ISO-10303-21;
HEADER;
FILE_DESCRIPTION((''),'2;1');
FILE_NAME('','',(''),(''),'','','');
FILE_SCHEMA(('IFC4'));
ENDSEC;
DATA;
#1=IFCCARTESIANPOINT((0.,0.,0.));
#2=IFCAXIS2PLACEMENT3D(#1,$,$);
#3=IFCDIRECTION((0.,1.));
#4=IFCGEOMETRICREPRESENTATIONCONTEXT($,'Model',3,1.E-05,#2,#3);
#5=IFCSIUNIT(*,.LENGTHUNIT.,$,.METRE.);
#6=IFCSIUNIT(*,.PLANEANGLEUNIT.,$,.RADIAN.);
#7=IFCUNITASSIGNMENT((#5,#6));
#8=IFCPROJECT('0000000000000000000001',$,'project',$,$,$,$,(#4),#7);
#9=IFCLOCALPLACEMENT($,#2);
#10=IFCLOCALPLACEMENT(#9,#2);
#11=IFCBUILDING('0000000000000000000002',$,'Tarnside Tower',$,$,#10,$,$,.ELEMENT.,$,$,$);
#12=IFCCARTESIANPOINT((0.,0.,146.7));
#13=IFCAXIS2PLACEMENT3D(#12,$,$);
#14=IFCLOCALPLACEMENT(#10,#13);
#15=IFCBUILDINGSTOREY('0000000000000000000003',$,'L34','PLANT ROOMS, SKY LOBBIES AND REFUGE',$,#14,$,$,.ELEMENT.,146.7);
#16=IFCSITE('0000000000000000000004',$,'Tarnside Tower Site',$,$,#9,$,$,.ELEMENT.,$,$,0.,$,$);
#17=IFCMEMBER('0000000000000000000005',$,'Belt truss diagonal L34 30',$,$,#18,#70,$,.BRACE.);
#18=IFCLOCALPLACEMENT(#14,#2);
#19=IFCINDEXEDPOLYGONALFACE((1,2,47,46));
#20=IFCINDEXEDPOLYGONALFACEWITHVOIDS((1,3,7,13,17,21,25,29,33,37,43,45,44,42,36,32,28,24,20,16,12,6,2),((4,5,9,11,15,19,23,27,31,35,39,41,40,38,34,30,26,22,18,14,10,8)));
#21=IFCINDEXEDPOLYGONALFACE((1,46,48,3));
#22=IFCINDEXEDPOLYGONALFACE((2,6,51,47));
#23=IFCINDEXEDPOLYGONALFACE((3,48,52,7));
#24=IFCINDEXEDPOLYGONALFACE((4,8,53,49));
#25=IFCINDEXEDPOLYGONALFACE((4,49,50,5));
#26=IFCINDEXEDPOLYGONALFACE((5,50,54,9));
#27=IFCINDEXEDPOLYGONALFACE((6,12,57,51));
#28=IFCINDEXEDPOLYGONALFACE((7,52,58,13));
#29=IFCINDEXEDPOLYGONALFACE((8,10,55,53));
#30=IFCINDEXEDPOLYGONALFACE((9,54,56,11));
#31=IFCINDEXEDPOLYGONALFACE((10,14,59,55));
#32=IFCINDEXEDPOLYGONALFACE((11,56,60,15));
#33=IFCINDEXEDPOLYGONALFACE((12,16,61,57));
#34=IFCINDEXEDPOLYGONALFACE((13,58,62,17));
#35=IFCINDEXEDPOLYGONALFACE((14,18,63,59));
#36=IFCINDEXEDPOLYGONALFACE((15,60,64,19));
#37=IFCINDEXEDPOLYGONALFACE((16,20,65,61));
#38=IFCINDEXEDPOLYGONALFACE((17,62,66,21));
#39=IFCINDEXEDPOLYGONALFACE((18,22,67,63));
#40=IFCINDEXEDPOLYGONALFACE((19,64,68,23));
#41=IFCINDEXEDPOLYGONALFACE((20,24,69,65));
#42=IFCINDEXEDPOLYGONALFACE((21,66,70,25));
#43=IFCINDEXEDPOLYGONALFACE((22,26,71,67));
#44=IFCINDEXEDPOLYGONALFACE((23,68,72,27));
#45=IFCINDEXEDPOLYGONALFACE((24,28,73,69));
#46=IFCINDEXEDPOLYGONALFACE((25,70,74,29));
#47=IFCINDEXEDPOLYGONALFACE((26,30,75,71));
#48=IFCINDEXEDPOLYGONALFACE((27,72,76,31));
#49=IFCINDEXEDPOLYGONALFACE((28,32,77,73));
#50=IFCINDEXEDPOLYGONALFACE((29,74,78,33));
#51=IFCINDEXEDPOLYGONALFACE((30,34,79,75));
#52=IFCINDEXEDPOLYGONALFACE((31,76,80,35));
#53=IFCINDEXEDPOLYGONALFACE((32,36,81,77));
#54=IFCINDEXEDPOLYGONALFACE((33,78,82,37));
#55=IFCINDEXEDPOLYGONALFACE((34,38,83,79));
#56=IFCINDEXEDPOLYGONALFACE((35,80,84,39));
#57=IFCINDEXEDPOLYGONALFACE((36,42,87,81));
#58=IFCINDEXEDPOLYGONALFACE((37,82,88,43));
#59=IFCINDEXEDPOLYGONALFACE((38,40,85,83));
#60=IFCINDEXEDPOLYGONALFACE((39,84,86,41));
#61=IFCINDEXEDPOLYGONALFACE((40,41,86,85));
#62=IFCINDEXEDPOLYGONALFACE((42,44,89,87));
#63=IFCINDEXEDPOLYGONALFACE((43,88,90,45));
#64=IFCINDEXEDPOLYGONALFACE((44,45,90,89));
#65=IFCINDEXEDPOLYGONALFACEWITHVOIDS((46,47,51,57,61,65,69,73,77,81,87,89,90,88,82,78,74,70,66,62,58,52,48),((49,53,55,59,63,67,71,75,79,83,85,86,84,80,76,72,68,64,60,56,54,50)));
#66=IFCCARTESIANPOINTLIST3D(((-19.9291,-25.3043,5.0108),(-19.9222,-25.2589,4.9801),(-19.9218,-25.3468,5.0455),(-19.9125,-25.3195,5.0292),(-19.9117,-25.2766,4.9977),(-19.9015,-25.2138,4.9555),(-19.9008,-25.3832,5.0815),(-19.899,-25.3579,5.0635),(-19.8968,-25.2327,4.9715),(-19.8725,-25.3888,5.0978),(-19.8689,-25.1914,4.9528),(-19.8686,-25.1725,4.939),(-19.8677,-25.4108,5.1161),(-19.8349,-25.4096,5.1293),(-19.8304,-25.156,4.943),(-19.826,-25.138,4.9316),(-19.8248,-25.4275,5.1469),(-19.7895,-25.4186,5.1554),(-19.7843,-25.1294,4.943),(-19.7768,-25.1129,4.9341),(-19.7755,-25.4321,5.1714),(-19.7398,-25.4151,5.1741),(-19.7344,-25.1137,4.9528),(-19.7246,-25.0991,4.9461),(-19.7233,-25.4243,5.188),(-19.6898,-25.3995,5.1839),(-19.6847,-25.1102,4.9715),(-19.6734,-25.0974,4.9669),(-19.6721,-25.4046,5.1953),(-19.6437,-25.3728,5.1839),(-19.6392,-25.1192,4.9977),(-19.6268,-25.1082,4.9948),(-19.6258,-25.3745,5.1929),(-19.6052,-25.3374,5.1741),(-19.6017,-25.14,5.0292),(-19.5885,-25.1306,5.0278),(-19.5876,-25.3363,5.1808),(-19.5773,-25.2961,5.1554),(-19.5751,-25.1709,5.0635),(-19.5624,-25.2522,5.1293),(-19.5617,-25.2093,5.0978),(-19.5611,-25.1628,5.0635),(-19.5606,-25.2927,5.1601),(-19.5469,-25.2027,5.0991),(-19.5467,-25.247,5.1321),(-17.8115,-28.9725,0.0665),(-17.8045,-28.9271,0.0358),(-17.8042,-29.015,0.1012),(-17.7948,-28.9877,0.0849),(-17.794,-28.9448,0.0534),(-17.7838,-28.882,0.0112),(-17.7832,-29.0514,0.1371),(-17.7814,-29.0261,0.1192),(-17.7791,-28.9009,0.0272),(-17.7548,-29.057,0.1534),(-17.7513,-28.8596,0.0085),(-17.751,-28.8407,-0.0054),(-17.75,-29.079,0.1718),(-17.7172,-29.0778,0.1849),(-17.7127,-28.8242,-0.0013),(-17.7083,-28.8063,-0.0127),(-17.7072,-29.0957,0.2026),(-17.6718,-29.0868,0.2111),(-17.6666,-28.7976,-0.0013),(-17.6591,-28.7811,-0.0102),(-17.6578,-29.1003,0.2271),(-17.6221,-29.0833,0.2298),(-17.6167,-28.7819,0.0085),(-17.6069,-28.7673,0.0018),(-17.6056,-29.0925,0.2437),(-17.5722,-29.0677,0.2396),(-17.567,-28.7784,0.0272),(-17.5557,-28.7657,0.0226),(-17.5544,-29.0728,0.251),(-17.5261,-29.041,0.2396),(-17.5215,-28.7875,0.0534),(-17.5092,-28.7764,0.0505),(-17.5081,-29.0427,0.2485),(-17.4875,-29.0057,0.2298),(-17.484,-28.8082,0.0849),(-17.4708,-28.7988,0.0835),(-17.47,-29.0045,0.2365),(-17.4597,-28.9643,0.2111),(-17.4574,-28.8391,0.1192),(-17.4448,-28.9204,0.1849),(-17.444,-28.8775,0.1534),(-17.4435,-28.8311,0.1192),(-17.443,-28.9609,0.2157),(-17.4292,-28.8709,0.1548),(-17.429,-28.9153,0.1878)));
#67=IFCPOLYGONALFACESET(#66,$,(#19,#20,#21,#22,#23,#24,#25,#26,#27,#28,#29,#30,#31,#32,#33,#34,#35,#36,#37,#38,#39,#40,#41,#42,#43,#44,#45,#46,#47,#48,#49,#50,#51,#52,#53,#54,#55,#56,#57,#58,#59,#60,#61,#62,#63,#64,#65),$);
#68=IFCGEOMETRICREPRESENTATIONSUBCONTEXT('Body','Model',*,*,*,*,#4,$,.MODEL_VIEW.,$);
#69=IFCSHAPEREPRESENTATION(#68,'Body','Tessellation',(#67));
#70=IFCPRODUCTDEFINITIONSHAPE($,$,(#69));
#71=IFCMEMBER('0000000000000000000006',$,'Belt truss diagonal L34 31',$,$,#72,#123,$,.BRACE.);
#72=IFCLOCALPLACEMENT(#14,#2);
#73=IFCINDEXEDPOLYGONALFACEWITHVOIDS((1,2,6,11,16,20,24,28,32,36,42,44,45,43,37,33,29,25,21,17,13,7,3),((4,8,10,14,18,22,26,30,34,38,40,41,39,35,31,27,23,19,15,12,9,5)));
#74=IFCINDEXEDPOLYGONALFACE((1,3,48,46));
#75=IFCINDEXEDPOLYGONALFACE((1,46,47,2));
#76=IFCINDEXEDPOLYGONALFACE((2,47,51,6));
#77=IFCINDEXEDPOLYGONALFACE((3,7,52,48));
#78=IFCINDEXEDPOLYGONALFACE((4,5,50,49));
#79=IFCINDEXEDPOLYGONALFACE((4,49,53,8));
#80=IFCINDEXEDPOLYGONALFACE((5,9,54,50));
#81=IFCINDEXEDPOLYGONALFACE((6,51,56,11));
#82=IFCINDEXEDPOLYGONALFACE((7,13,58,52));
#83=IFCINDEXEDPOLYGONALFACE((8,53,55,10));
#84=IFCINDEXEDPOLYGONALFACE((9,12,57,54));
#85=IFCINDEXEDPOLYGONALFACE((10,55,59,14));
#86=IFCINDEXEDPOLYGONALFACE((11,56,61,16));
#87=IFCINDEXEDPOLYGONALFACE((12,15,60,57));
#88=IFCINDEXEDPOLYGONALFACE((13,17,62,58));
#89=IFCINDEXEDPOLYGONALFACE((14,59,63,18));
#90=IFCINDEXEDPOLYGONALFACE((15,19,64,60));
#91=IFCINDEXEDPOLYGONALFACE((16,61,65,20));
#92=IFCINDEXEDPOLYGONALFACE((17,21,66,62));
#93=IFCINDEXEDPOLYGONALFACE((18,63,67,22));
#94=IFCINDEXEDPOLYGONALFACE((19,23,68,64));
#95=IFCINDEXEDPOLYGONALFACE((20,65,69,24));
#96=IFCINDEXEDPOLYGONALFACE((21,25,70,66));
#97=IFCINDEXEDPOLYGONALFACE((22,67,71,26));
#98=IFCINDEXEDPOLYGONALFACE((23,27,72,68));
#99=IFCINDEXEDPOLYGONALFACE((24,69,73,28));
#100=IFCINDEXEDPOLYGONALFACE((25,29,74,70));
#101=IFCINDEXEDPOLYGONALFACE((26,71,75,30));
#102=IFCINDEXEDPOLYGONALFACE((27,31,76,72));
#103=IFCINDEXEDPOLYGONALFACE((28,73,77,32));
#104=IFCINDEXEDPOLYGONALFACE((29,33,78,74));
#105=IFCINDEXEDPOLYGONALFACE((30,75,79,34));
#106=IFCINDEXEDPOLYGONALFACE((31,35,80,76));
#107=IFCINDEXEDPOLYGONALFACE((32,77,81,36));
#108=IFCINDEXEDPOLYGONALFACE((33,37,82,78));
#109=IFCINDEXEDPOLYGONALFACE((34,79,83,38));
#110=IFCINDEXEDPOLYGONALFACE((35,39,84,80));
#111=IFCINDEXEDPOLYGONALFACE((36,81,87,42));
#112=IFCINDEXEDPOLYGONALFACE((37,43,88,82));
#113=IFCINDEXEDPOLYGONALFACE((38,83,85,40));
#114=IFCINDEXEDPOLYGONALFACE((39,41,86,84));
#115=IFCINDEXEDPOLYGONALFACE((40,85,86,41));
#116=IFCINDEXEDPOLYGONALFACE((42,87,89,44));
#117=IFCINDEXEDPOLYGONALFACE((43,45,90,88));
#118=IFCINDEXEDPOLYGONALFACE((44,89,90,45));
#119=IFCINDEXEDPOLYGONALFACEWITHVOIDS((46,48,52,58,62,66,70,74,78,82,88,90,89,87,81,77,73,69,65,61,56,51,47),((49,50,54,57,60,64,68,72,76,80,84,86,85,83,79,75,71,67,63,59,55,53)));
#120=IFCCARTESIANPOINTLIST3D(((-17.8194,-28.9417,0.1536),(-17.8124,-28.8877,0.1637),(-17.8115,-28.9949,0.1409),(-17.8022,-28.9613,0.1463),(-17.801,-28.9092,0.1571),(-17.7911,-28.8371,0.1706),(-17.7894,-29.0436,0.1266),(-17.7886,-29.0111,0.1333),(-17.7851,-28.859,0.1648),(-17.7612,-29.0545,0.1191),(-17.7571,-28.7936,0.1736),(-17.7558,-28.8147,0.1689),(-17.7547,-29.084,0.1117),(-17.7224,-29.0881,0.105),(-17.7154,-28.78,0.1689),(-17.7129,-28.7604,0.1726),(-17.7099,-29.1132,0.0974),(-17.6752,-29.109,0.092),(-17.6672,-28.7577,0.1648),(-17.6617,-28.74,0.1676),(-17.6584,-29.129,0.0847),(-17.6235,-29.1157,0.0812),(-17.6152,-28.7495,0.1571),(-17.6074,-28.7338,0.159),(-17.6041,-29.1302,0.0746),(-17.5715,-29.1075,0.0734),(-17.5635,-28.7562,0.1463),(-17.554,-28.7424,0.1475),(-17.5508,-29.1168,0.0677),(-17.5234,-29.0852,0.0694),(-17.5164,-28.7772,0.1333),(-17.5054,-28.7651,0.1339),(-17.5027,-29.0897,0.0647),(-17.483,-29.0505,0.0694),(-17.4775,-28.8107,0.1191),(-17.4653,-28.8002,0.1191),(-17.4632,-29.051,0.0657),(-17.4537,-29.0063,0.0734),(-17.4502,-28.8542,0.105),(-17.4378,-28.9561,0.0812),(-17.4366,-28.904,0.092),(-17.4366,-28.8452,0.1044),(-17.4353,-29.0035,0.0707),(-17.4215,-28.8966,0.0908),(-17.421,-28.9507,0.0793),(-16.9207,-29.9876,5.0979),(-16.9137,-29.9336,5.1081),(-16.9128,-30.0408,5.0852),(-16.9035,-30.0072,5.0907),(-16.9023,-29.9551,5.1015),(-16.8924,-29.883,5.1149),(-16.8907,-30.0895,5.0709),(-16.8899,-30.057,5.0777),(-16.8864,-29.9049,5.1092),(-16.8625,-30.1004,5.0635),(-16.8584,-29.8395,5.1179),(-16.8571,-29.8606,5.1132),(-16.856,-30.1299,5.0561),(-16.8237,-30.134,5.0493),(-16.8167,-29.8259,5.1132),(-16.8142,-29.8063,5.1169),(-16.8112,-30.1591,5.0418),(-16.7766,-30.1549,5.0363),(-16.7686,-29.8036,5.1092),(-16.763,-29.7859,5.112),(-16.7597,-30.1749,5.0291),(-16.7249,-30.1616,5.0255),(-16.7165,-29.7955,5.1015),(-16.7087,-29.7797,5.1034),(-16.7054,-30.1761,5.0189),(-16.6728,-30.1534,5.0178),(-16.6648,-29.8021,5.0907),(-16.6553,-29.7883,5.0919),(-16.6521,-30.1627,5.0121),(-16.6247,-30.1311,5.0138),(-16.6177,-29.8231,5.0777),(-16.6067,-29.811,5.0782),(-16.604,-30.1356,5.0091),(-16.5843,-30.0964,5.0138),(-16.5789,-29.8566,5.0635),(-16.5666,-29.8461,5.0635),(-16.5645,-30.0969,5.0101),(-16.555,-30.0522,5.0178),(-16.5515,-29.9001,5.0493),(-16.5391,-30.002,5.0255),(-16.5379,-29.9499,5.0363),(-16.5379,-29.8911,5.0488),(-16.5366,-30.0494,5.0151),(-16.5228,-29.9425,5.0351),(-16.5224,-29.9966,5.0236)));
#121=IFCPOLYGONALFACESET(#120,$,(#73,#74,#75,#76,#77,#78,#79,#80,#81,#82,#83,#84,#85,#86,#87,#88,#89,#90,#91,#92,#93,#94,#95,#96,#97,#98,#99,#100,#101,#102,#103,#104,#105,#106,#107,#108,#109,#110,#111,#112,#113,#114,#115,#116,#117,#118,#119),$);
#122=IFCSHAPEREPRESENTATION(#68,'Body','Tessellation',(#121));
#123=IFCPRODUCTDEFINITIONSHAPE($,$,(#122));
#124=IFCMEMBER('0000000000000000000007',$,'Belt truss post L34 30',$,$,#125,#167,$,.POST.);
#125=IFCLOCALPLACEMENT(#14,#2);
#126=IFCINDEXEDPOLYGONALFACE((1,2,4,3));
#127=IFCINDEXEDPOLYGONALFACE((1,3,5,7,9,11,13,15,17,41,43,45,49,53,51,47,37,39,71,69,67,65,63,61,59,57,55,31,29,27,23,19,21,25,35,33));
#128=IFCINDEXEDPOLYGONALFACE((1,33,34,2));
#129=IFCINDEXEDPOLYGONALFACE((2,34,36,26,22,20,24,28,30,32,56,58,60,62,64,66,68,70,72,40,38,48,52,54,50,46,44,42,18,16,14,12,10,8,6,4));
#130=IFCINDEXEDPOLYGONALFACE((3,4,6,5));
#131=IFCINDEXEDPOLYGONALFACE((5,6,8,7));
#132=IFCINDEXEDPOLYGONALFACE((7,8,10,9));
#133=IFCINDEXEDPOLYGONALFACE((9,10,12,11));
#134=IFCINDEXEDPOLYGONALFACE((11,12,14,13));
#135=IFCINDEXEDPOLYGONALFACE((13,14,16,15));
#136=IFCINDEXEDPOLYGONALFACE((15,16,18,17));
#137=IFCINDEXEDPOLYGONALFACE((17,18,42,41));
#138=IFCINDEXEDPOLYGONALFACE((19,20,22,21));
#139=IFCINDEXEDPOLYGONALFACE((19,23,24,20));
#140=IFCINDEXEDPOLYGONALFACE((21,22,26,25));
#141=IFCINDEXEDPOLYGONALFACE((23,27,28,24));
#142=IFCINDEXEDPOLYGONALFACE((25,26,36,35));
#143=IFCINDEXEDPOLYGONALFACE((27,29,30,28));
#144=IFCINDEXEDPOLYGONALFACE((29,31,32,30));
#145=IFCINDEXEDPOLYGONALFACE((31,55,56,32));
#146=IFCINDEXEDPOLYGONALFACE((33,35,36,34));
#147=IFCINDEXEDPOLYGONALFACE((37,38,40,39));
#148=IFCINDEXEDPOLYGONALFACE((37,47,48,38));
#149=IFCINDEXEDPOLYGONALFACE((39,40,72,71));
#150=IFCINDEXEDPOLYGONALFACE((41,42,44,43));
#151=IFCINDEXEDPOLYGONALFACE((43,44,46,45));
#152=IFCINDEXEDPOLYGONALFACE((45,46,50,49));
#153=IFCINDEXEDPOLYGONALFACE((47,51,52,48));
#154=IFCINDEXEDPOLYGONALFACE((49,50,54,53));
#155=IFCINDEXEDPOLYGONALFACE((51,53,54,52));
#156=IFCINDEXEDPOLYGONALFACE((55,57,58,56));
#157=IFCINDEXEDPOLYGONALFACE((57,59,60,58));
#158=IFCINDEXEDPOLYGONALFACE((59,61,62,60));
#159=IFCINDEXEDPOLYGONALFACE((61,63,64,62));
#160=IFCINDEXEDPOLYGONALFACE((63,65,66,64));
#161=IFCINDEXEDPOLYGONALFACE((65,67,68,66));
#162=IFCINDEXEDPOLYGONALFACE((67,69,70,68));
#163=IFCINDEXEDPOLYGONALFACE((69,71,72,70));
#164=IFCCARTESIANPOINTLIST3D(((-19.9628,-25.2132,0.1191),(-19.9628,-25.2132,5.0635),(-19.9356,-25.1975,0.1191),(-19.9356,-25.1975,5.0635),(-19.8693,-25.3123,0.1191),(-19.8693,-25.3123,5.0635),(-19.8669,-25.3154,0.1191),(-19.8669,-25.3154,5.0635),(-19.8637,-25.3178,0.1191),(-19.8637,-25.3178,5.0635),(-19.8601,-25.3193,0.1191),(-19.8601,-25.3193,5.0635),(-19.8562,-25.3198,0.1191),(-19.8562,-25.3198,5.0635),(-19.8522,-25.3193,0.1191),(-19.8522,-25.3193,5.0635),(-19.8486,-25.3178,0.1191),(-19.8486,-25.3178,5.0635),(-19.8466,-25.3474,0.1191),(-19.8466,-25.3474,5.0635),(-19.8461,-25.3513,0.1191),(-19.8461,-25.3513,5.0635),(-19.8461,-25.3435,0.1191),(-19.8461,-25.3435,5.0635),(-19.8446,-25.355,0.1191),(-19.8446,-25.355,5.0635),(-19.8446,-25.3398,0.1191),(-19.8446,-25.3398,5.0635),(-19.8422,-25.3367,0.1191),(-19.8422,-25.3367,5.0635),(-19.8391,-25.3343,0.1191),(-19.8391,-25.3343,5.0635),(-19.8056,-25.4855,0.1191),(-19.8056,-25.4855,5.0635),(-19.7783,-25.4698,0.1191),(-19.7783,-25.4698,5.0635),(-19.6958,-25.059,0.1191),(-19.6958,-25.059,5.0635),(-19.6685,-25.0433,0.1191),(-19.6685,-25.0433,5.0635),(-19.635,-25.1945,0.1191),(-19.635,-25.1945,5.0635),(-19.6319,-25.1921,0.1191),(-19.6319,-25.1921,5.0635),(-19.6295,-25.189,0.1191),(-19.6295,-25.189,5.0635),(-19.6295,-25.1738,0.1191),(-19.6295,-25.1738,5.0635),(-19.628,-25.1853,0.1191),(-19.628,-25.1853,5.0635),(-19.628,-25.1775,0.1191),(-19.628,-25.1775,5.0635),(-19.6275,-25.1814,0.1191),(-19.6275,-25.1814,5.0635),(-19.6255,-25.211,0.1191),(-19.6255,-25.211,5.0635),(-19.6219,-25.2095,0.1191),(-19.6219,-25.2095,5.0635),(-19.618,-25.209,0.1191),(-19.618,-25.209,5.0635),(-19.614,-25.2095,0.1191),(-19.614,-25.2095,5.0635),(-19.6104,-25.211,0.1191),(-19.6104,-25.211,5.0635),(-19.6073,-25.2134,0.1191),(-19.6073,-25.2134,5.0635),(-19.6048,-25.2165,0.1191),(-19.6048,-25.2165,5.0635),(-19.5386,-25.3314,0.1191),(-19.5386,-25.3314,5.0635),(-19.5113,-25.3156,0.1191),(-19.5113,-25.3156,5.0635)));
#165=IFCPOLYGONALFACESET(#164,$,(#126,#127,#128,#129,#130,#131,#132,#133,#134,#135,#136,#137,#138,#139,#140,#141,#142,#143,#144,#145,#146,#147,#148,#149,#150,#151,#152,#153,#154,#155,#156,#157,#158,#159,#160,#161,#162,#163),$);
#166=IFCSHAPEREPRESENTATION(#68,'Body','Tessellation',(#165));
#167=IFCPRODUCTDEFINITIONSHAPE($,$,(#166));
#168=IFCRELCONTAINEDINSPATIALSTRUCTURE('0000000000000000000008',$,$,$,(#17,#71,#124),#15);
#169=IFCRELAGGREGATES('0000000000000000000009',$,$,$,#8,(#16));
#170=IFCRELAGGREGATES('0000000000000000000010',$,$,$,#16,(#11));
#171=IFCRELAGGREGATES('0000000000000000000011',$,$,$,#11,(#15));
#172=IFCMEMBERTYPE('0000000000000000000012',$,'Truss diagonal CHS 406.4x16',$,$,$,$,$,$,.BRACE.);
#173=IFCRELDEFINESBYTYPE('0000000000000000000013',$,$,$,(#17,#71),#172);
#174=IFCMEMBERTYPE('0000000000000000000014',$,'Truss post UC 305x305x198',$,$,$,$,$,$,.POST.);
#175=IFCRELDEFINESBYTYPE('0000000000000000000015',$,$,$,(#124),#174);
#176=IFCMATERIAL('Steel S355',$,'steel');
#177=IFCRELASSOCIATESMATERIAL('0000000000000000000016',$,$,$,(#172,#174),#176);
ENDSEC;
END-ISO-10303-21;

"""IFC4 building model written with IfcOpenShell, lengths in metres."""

from ifc_helpers import new_model, si_unit, direction, frame, origin, origin_2d, place, context, subcontext, project, spatial, hollow_circle, i_section, extrude, material, material_profile, profile_set, type_object, element, save


model = new_model("IFC4")

# Units and contexts
model_context = context("Model", 3, precision=1e-05, world=origin(), true_north=direction((0.0, 1.0)))
body_context = subcontext(model_context, "Body", "Model", "MODEL_VIEW")
ifc_project = project(units=[si_unit("LENGTHUNIT", "METRE"), si_unit("PLANEANGLEUNIT", "RADIAN")], contexts=[model_context])

# Site, building, storey
site_placement = place(None, origin())
site = spatial("IfcSite", under=ifc_project, at=site_placement, Name="Tarnside Tower Site", CompositionType="ELEMENT", RefElevation=0.0)
building_placement = place(site_placement, origin())
building = spatial("IfcBuilding", under=site, at=building_placement, Name="Tarnside Tower", CompositionType="ELEMENT")
storey_placement = place(building_placement, frame((0.0, 0.0, 146.7)))
storey = spatial("IfcBuildingStorey", under=building, at=storey_placement, Name="L34", Description="PLANT ROOMS, SKY LOBBIES AND REFUGE", CompositionType="ELEMENT", Elevation=146.7)

# Shared definitions
ifc_material_1 = material(Name="Steel S355", Category="steel")

# Members
ifc_material_profile_1 = material_profile(ifc_material_1, hollow_circle(Radius=0.2031, WallThickness=0.0161, at=origin_2d()), Name="CHS 406.4x16")
ifc_profile_set_1 = profile_set([ifc_material_profile_1], Name="Steel S355")
member_type_1 = type_object("IfcMemberType", Name="Truss diagonal CHS 406.4x16", PredefinedType="BRACE", material=ifc_profile_set_1)
member_1_placement = place(storey_placement, frame((-19.7371, -25.2644, 5.0635), z_axis=(0.32527, -0.563429, -0.759439), x_axis=(0.866043, 0.49997, 0.0)))
element("IfcMember", 1, at=member_1_placement, inside=storey, type_object=member_type_1, Name="Belt truss diagonal L34 30", PredefinedType="BRACE", context=body_context, shape_type="SweptSolid", body=[
    extrude(hollow_circle(Radius=0.2031, WallThickness=0.0161, at=origin_2d()), origin(), (0.0, 0.0, 1.0), 6.5105),
])
member_2_placement = place(storey_placement, frame((-17.6194, -28.9326, 0.1191), z_axis=(0.175078, -0.203759, 0.963239), x_axis=(0.758469, 0.651709, 0.0)))
element("IfcMember", 2, at=member_2_placement, inside=storey, type_object=member_type_1, Name="Belt truss diagonal L34 31", PredefinedType="BRACE", context=body_context, shape_type="SweptSolid", body=[
    extrude(hollow_circle(Radius=0.2031, WallThickness=0.0161, at=origin_2d()), origin(), (0.0, 0.0, 1.0), 5.1331),
])
ifc_material_profile_2 = material_profile(ifc_material_1, i_section(OverallWidth=0.3145, OverallDepth=0.3398, WebThickness=0.019, FlangeThickness=0.0315, FilletRadius=0.0151, at=origin_2d()), Name="UC 305x305x198")
ifc_profile_set_2 = profile_set([ifc_material_profile_2], Name="Steel S355")
member_type_2 = type_object("IfcMemberType", Name="Truss post UC 305x305x198", PredefinedType="POST", material=ifc_profile_set_2)
for number, where, z_axis, x_axis, name in (
    (3, (-19.7371, -25.2644, 0.1191), (0.0, 0.0, 1.0), (0.5, -0.866025, 0.0), "Belt truss post L34 30"),
):
    element("IfcMember", number, at=place(storey_placement, frame(where, z_axis=z_axis, x_axis=x_axis)), inside=storey, type_object=member_type_2, Name=name, PredefinedType="POST", context=body_context, shape_type="SweptSolid", body=[
        extrude(i_section(OverallWidth=0.3145, OverallDepth=0.3398, WebThickness=0.019, FlangeThickness=0.0315, FilletRadius=0.0151, at=origin_2d()), origin(), (0.0, 0.0, 1.0), 4.9443),
    ])

save(model, "model.ifc")
